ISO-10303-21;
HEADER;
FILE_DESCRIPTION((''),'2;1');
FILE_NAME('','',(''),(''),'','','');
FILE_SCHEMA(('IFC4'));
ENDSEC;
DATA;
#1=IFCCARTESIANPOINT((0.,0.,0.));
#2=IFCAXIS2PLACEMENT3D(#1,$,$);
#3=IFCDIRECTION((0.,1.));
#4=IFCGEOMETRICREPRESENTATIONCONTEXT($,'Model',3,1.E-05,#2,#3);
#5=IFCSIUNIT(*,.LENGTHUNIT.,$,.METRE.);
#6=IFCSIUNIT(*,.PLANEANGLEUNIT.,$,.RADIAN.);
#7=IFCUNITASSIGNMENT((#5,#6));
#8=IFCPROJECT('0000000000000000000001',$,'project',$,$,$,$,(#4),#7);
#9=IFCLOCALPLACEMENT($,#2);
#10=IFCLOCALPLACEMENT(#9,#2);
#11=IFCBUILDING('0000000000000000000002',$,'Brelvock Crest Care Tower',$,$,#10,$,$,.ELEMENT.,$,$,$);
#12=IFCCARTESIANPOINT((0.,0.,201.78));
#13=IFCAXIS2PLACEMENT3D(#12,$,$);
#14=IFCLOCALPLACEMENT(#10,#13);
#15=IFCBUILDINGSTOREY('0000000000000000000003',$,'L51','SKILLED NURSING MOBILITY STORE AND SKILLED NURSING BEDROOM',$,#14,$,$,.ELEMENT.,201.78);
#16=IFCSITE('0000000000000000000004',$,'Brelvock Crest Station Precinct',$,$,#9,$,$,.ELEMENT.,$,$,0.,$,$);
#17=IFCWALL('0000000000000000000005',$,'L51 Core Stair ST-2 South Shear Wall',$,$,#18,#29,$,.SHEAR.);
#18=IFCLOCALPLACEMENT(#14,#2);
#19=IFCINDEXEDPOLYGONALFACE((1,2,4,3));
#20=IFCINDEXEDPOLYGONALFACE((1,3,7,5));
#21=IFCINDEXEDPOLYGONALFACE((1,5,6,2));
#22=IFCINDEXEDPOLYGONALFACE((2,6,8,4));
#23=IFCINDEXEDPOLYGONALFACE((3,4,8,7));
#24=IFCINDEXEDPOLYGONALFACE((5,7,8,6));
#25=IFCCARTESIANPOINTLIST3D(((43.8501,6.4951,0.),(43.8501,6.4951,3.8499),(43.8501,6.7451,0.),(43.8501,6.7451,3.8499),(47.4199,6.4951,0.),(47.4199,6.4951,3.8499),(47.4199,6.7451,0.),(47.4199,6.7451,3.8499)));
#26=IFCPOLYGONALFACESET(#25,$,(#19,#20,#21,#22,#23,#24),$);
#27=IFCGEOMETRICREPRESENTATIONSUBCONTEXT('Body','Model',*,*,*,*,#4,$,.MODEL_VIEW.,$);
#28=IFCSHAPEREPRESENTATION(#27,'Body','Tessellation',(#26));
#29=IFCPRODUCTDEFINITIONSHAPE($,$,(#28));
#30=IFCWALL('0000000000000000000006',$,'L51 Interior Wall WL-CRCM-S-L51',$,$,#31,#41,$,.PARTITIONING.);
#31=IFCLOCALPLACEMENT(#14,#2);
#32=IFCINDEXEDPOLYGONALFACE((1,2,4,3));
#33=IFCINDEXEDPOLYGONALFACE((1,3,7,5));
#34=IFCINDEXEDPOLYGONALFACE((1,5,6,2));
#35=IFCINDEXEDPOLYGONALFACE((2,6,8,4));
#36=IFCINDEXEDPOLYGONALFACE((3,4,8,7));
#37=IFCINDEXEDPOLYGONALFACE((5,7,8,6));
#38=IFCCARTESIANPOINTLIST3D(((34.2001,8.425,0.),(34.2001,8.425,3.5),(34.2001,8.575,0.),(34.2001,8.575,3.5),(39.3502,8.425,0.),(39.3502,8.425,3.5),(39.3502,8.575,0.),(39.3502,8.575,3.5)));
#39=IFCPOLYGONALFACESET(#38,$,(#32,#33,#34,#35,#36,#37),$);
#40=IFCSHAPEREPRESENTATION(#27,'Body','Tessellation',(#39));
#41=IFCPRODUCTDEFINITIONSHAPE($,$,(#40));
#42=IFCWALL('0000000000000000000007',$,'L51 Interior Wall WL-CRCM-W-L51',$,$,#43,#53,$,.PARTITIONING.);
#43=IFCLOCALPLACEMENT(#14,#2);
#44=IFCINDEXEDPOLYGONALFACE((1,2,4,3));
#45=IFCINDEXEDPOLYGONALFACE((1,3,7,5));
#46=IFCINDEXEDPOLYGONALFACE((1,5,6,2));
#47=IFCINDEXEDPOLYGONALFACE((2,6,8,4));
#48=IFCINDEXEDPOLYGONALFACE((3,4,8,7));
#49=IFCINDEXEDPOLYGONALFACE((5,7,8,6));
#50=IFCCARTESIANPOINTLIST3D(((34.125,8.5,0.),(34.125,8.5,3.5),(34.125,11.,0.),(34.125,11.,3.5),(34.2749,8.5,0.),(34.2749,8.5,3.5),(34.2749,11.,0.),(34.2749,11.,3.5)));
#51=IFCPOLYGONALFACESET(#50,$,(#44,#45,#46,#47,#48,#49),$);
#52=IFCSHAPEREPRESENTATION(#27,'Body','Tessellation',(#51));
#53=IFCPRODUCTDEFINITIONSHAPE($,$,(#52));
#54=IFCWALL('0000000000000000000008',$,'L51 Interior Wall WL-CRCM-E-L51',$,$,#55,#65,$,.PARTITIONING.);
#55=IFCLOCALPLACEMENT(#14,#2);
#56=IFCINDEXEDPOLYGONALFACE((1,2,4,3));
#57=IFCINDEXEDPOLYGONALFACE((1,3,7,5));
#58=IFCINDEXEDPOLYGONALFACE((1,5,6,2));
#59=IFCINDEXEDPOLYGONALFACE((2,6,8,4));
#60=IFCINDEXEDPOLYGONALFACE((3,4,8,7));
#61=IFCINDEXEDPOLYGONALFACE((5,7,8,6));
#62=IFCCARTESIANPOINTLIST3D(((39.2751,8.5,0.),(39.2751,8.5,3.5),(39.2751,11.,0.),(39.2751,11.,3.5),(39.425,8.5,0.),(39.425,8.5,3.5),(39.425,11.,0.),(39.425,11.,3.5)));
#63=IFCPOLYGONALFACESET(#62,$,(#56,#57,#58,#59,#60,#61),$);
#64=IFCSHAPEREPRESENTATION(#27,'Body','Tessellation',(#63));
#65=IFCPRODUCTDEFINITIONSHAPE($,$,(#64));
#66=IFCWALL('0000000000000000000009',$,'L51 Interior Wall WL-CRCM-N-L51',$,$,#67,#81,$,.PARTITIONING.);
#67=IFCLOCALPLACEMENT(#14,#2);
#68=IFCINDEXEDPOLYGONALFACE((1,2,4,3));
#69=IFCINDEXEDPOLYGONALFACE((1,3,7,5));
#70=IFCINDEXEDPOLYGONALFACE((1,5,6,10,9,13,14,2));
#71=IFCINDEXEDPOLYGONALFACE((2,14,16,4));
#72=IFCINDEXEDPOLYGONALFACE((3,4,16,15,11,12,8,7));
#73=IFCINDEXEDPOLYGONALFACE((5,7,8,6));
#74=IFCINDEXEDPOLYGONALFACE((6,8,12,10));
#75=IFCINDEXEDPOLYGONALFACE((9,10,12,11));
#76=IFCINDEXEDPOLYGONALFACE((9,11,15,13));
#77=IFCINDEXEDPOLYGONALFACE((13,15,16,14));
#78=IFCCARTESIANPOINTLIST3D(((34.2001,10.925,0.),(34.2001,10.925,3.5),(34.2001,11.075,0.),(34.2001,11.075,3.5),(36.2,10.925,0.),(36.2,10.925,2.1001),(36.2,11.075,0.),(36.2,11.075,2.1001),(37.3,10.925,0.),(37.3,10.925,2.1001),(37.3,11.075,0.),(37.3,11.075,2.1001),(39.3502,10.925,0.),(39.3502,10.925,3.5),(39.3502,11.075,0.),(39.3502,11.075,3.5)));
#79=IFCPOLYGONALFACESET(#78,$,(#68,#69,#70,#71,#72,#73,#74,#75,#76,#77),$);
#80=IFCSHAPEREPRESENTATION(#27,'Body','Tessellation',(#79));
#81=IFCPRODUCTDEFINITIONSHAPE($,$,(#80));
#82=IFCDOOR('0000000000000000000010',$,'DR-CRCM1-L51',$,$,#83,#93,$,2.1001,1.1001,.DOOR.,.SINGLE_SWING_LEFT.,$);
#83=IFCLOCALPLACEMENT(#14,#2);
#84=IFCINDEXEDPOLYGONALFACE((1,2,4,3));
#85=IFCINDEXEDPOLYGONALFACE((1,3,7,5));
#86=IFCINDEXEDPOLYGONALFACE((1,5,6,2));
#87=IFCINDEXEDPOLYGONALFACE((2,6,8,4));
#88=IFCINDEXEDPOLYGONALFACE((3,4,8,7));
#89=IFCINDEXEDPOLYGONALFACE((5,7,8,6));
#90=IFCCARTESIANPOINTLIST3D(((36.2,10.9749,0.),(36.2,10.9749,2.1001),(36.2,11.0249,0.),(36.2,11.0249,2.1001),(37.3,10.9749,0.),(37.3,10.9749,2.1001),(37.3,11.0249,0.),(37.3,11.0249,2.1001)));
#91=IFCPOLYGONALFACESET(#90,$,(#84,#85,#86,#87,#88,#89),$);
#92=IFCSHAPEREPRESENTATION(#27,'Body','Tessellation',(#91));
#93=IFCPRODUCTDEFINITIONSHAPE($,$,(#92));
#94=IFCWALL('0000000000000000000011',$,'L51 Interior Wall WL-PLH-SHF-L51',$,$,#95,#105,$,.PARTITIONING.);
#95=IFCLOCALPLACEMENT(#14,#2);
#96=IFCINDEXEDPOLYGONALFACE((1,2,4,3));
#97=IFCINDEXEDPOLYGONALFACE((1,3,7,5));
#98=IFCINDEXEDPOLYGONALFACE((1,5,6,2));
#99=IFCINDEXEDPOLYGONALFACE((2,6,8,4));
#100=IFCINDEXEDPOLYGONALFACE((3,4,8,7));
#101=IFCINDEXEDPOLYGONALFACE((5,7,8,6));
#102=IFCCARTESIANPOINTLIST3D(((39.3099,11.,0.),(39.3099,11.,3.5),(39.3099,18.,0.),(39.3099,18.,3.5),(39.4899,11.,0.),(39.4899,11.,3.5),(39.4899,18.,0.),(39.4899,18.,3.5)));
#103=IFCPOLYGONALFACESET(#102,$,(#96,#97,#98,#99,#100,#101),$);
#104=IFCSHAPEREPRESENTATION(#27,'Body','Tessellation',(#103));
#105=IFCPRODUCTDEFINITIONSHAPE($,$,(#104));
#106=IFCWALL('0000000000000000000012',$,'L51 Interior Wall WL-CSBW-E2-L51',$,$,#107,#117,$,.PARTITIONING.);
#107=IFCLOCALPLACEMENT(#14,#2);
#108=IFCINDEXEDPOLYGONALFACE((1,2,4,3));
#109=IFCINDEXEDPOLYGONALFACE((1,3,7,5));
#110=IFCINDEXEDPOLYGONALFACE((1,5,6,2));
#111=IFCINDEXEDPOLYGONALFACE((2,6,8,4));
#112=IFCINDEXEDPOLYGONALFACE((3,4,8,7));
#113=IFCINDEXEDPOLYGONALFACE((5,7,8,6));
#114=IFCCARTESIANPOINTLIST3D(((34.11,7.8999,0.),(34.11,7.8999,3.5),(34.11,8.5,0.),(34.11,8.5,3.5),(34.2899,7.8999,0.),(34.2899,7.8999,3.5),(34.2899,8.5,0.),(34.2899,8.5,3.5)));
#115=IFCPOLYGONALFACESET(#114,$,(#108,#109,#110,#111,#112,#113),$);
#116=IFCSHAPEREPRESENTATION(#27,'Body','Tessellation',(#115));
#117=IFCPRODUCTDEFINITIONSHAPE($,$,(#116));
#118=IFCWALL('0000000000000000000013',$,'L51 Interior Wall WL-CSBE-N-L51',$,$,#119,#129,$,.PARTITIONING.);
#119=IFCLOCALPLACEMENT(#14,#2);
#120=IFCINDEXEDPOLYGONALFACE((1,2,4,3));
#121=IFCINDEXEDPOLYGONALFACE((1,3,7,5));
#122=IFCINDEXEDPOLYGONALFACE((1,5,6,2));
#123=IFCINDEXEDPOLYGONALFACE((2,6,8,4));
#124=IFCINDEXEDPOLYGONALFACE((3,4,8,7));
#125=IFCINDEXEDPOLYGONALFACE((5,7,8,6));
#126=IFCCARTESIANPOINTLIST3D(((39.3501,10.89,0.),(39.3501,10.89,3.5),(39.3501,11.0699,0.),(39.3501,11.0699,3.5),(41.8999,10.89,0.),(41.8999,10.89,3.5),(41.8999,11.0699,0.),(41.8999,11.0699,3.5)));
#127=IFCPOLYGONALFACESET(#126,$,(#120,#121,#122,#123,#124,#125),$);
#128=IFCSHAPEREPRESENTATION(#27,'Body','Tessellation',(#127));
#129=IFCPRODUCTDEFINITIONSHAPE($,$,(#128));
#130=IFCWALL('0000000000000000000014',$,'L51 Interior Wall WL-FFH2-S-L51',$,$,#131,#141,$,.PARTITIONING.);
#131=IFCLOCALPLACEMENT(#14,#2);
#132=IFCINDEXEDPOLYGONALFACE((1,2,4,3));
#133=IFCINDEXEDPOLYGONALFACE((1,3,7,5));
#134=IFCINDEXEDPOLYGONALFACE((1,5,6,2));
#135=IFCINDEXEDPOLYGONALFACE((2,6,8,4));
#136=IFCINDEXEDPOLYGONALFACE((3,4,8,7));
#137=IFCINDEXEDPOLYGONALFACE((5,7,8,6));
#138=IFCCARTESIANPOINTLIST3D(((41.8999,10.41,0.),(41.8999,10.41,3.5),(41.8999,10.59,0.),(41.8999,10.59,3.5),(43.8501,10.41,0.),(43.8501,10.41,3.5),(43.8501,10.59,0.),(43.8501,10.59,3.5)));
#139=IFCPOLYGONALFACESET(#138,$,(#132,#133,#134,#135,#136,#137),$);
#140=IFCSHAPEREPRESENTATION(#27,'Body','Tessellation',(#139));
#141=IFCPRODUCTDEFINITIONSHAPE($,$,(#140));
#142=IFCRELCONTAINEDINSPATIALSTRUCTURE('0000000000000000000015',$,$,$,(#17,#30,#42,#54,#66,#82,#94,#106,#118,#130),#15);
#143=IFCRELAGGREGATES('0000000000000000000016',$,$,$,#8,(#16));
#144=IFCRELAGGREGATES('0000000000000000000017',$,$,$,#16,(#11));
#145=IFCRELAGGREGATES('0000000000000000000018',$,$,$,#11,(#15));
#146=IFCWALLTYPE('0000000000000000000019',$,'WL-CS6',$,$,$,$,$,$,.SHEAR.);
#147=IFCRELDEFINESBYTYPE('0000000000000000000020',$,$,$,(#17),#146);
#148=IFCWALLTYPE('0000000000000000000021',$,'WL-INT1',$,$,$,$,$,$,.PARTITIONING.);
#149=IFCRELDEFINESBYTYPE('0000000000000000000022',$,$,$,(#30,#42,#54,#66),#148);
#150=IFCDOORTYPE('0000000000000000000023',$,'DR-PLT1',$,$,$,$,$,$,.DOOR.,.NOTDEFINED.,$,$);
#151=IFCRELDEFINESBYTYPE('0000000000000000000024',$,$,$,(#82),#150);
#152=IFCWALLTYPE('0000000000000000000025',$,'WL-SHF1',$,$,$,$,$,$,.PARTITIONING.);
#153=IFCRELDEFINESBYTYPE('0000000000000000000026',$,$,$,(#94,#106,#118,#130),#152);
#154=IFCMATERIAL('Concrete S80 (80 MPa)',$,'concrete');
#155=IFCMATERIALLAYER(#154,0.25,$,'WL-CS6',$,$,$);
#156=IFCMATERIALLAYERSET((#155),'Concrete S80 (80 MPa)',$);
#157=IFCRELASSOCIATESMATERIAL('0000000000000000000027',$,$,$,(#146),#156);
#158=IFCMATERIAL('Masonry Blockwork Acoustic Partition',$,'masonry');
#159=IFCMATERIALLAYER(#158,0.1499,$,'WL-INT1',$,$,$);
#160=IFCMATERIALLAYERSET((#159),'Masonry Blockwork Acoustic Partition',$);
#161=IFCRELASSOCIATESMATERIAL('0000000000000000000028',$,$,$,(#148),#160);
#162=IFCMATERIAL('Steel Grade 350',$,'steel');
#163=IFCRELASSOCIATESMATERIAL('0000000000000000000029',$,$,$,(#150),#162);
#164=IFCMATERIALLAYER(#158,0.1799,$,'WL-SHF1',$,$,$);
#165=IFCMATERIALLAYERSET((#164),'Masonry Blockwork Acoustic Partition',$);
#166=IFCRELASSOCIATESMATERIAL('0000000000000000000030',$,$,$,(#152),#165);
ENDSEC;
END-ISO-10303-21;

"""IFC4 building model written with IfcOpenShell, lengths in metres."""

from ifc_helpers import new_model, si_unit, direction, frame, frame_2d, origin, origin_2d, place, context, subcontext, project, spatial, rectangle, extrude, source, transform, mapped, material, layer, layer_set, type_object, element, fill, save


model = new_model("IFC4")

# Units and contexts
model_context = context("Model", 3, precision=1e-05, world=origin(), true_north=direction((0.0, 1.0)))
body_context = subcontext(model_context, "Body", "Model", "MODEL_VIEW")
ifc_project = project(units=[si_unit("LENGTHUNIT", "METRE"), si_unit("PLANEANGLEUNIT", "RADIAN")], contexts=[model_context])

# Site, building, storey
site_placement = place(None, origin())
site = spatial("IfcSite", under=ifc_project, at=site_placement, Name="Brelvock Crest Station Precinct", CompositionType="ELEMENT", RefElevation=0.0)
building_placement = place(site_placement, origin())
building = spatial("IfcBuilding", under=site, at=building_placement, Name="Brelvock Crest Care Tower", CompositionType="ELEMENT")
storey_placement = place(building_placement, frame((0.0, 0.0, 201.78)))
storey = spatial("IfcBuildingStorey", under=building, at=storey_placement, Name="L51", Description="SKILLED NURSING MOBILITY STORE AND SKILLED NURSING BEDROOM", CompositionType="ELEMENT", Elevation=201.78)

# Shared definitions
ifc_material_1 = material(Name="Steel Grade 350", Category="steel")

# Walls
ifc_material_2 = material(Name="Concrete S80 (80 MPa)", Category="concrete")
ifc_layer_1 = layer(ifc_material_2, 0.25, Name="WL-CS6")
ifc_layer_set_1 = layer_set([ifc_layer_1], Name="Concrete S80 (80 MPa)")
wall_type_1 = type_object("IfcWallType", Name="WL-CS6", PredefinedType="SHEAR", material=ifc_layer_set_1)
wall_1_placement = place(storey_placement, frame((43.8501, 6.6201, 0.0), z_axis=(0.0, 0.0, 1.0), x_axis=(1.0, 0.0, 0.0)))
element("IfcWall", 1, at=wall_1_placement, inside=storey, type_object=wall_type_1, Name="L51 Core Stair ST-2 South Shear Wall", PredefinedType="SHEAR", context=body_context, shape_type="SweptSolid", body=[
    extrude(rectangle(XDim=3.5698, YDim=0.25, at=frame_2d((1.7849, 0.0))), origin(), (0.0, 0.0, 1.0), 3.8499),
])
ifc_material_3 = material(Name="Masonry Blockwork Acoustic Partition", Category="masonry")
ifc_layer_2 = layer(ifc_material_3, 0.1499, Name="WL-INT1")
ifc_layer_set_2 = layer_set([ifc_layer_2], Name="Masonry Blockwork Acoustic Partition")
wall_type_2 = type_object("IfcWallType", Name="WL-INT1", PredefinedType="PARTITIONING", material=ifc_layer_set_2)
wall_2_placement = place(storey_placement, frame((34.2, 8.5, 0.0), z_axis=(0.0, 0.0, 1.0), x_axis=(1.0, 0.0, 0.0)))
element("IfcWall", 2, at=wall_2_placement, inside=storey, type_object=wall_type_2, Name="L51 Interior Wall WL-CRCM-S-L51", PredefinedType="PARTITIONING", context=body_context, shape_type="SweptSolid", body=[
    extrude(rectangle(XDim=5.1501, YDim=0.1499, at=frame_2d((2.5752, 0.0))), origin(), (0.0, 0.0, 1.0), 3.5),
])
for number, where, z_axis, x_axis, name in (
    (3, (34.2, 8.5, 0.0), (0.0, 0.0, 1.0), (0.0, 1.0, 0.0), "L51 Interior Wall WL-CRCM-W-L51"),
    (4, (39.3501, 8.5, 0.0), (0.0, 0.0, 1.0), (0.0, 1.0, 0.0), "L51 Interior Wall WL-CRCM-E-L51"),
):
    element("IfcWall", number, at=place(storey_placement, frame(where, z_axis=z_axis, x_axis=x_axis)), inside=storey, type_object=wall_type_2, Name=name, PredefinedType="PARTITIONING", context=body_context, shape_type="SweptSolid", body=[
        extrude(rectangle(XDim=2.5, YDim=0.1499, at=frame_2d((1.25, 0.0))), origin(), (0.0, 0.0, 1.0), 3.5),
    ])

# Wall, opening, door
wall_3_placement = place(storey_placement, frame((34.2, 11.0, 0.0), z_axis=(0.0, 0.0, 1.0), x_axis=(1.0, 0.0, 0.0)))
wall_3 = element("IfcWall", 5, at=wall_3_placement, inside=storey, type_object=wall_type_2, Name="L51 Interior Wall WL-CRCM-N-L51", PredefinedType="PARTITIONING", context=body_context, shape_type="SweptSolid", body=[
    extrude(rectangle(XDim=5.1501, YDim=0.1499, at=frame_2d((2.5752, 0.0))), origin(), (0.0, 0.0, 1.0), 3.5),
])
opening_placement = place(wall_3_placement, frame((2.0, 0.0, 0.0)))
opening = element("IfcOpeningElement", 6, at=opening_placement, cuts=wall_3, PredefinedType="OPENING", context=body_context, shape_type="SweptSolid", body=[
    extrude(rectangle(XDim=1.1001, YDim=2.1001, at=origin_2d()), frame((0.55, 0.085, 1.05), z_axis=(0.0, -1.0, 0.0), x_axis=(1.0, 0.0, 0.0)), (0.0, 0.0, 1.0), 0.1699),
])
door_type = type_object("IfcDoorType", Name="DR-PLT1", OperationType="NOTDEFINED", PredefinedType="DOOR", material=ifc_material_1)
shared_shape_1 = source(origin(), body_context, "Body", "SweptSolid", [
    extrude(rectangle(XDim=1.1001, YDim=2.1001, at=origin_2d()), frame((0.55, 0.0249, 1.05), z_axis=(0.0, -1.0, 0.0), x_axis=(1.0, 0.0, 0.0)), (0.0, 0.0, 1.0), 0.05),
])
door_placement = place(opening_placement, origin())
door = element("IfcDoor", 7, at=door_placement, inside=storey, type_object=door_type, Name="DR-CRCM1-L51", OperationType="SINGLE_SWING_LEFT", OverallHeight=2.1001, OverallWidth=1.1001, PredefinedType="DOOR", context=body_context, shape_type="MappedRepresentation", body=[
    mapped(shared_shape_1, transform((0.0, 0.0, 0.0), x_axis=(1.0, 0.0, 0.0), y_axis=(0.0, 1.0, 0.0), z_axis=(0.0, 0.0, 1.0), scale=1.0)),
])
fill(opening, door)

# Walls
ifc_layer_3 = layer(ifc_material_3, 0.1799, Name="WL-SHF1")
ifc_layer_set_3 = layer_set([ifc_layer_3], Name="Masonry Blockwork Acoustic Partition")
wall_type_3 = type_object("IfcWallType", Name="WL-SHF1", PredefinedType="PARTITIONING", material=ifc_layer_set_3)
wall_4_placement = place(storey_placement, frame((39.3999, 11.0, 0.0), z_axis=(0.0, 0.0, 1.0), x_axis=(0.0, 1.0, 0.0)))
element("IfcWall", 8, at=wall_4_placement, inside=storey, type_object=wall_type_3, Name="L51 Interior Wall WL-PLH-SHF-L51", PredefinedType="PARTITIONING", context=body_context, shape_type="SweptSolid", body=[
    extrude(rectangle(XDim=7.0, YDim=0.1799, at=frame_2d((3.5, 0.0))), origin(), (0.0, 0.0, 1.0), 3.5),
])
wall_5_placement = place(storey_placement, frame((34.2, 7.8999, 0.0), z_axis=(0.0, 0.0, 1.0), x_axis=(0.0, 1.0, 0.0)))
element("IfcWall", 9, at=wall_5_placement, inside=storey, type_object=wall_type_3, Name="L51 Interior Wall WL-CSBW-E2-L51", PredefinedType="PARTITIONING", context=body_context, shape_type="SweptSolid", body=[
    extrude(rectangle(XDim=0.6001, YDim=0.1799, at=frame_2d((0.3, 0.0))), origin(), (0.0, 0.0, 1.0), 3.5),
])
wall_6_placement = place(storey_placement, frame((39.3501, 10.98, 0.0), z_axis=(0.0, 0.0, 1.0), x_axis=(1.0, 0.0, 0.0)))
element("IfcWall", 10, at=wall_6_placement, inside=storey, type_object=wall_type_3, Name="L51 Interior Wall WL-CSBE-N-L51", PredefinedType="PARTITIONING", context=body_context, shape_type="SweptSolid", body=[
    extrude(rectangle(XDim=2.5498, YDim=0.1799, at=frame_2d((1.2749, 0.0))), origin(), (0.0, 0.0, 1.0), 3.5),
])
wall_7_placement = place(storey_placement, frame((41.8999, 10.5, 0.0), z_axis=(0.0, 0.0, 1.0), x_axis=(1.0, 0.0, 0.0)))
element("IfcWall", 11, at=wall_7_placement, inside=storey, type_object=wall_type_3, Name="L51 Interior Wall WL-FFH2-S-L51", PredefinedType="PARTITIONING", context=body_context, shape_type="SweptSolid", body=[
    extrude(rectangle(XDim=1.9502, YDim=0.1799, at=frame_2d((0.9751, 0.0))), origin(), (0.0, 0.0, 1.0), 3.5),
])

save(model, "model.ifc")
